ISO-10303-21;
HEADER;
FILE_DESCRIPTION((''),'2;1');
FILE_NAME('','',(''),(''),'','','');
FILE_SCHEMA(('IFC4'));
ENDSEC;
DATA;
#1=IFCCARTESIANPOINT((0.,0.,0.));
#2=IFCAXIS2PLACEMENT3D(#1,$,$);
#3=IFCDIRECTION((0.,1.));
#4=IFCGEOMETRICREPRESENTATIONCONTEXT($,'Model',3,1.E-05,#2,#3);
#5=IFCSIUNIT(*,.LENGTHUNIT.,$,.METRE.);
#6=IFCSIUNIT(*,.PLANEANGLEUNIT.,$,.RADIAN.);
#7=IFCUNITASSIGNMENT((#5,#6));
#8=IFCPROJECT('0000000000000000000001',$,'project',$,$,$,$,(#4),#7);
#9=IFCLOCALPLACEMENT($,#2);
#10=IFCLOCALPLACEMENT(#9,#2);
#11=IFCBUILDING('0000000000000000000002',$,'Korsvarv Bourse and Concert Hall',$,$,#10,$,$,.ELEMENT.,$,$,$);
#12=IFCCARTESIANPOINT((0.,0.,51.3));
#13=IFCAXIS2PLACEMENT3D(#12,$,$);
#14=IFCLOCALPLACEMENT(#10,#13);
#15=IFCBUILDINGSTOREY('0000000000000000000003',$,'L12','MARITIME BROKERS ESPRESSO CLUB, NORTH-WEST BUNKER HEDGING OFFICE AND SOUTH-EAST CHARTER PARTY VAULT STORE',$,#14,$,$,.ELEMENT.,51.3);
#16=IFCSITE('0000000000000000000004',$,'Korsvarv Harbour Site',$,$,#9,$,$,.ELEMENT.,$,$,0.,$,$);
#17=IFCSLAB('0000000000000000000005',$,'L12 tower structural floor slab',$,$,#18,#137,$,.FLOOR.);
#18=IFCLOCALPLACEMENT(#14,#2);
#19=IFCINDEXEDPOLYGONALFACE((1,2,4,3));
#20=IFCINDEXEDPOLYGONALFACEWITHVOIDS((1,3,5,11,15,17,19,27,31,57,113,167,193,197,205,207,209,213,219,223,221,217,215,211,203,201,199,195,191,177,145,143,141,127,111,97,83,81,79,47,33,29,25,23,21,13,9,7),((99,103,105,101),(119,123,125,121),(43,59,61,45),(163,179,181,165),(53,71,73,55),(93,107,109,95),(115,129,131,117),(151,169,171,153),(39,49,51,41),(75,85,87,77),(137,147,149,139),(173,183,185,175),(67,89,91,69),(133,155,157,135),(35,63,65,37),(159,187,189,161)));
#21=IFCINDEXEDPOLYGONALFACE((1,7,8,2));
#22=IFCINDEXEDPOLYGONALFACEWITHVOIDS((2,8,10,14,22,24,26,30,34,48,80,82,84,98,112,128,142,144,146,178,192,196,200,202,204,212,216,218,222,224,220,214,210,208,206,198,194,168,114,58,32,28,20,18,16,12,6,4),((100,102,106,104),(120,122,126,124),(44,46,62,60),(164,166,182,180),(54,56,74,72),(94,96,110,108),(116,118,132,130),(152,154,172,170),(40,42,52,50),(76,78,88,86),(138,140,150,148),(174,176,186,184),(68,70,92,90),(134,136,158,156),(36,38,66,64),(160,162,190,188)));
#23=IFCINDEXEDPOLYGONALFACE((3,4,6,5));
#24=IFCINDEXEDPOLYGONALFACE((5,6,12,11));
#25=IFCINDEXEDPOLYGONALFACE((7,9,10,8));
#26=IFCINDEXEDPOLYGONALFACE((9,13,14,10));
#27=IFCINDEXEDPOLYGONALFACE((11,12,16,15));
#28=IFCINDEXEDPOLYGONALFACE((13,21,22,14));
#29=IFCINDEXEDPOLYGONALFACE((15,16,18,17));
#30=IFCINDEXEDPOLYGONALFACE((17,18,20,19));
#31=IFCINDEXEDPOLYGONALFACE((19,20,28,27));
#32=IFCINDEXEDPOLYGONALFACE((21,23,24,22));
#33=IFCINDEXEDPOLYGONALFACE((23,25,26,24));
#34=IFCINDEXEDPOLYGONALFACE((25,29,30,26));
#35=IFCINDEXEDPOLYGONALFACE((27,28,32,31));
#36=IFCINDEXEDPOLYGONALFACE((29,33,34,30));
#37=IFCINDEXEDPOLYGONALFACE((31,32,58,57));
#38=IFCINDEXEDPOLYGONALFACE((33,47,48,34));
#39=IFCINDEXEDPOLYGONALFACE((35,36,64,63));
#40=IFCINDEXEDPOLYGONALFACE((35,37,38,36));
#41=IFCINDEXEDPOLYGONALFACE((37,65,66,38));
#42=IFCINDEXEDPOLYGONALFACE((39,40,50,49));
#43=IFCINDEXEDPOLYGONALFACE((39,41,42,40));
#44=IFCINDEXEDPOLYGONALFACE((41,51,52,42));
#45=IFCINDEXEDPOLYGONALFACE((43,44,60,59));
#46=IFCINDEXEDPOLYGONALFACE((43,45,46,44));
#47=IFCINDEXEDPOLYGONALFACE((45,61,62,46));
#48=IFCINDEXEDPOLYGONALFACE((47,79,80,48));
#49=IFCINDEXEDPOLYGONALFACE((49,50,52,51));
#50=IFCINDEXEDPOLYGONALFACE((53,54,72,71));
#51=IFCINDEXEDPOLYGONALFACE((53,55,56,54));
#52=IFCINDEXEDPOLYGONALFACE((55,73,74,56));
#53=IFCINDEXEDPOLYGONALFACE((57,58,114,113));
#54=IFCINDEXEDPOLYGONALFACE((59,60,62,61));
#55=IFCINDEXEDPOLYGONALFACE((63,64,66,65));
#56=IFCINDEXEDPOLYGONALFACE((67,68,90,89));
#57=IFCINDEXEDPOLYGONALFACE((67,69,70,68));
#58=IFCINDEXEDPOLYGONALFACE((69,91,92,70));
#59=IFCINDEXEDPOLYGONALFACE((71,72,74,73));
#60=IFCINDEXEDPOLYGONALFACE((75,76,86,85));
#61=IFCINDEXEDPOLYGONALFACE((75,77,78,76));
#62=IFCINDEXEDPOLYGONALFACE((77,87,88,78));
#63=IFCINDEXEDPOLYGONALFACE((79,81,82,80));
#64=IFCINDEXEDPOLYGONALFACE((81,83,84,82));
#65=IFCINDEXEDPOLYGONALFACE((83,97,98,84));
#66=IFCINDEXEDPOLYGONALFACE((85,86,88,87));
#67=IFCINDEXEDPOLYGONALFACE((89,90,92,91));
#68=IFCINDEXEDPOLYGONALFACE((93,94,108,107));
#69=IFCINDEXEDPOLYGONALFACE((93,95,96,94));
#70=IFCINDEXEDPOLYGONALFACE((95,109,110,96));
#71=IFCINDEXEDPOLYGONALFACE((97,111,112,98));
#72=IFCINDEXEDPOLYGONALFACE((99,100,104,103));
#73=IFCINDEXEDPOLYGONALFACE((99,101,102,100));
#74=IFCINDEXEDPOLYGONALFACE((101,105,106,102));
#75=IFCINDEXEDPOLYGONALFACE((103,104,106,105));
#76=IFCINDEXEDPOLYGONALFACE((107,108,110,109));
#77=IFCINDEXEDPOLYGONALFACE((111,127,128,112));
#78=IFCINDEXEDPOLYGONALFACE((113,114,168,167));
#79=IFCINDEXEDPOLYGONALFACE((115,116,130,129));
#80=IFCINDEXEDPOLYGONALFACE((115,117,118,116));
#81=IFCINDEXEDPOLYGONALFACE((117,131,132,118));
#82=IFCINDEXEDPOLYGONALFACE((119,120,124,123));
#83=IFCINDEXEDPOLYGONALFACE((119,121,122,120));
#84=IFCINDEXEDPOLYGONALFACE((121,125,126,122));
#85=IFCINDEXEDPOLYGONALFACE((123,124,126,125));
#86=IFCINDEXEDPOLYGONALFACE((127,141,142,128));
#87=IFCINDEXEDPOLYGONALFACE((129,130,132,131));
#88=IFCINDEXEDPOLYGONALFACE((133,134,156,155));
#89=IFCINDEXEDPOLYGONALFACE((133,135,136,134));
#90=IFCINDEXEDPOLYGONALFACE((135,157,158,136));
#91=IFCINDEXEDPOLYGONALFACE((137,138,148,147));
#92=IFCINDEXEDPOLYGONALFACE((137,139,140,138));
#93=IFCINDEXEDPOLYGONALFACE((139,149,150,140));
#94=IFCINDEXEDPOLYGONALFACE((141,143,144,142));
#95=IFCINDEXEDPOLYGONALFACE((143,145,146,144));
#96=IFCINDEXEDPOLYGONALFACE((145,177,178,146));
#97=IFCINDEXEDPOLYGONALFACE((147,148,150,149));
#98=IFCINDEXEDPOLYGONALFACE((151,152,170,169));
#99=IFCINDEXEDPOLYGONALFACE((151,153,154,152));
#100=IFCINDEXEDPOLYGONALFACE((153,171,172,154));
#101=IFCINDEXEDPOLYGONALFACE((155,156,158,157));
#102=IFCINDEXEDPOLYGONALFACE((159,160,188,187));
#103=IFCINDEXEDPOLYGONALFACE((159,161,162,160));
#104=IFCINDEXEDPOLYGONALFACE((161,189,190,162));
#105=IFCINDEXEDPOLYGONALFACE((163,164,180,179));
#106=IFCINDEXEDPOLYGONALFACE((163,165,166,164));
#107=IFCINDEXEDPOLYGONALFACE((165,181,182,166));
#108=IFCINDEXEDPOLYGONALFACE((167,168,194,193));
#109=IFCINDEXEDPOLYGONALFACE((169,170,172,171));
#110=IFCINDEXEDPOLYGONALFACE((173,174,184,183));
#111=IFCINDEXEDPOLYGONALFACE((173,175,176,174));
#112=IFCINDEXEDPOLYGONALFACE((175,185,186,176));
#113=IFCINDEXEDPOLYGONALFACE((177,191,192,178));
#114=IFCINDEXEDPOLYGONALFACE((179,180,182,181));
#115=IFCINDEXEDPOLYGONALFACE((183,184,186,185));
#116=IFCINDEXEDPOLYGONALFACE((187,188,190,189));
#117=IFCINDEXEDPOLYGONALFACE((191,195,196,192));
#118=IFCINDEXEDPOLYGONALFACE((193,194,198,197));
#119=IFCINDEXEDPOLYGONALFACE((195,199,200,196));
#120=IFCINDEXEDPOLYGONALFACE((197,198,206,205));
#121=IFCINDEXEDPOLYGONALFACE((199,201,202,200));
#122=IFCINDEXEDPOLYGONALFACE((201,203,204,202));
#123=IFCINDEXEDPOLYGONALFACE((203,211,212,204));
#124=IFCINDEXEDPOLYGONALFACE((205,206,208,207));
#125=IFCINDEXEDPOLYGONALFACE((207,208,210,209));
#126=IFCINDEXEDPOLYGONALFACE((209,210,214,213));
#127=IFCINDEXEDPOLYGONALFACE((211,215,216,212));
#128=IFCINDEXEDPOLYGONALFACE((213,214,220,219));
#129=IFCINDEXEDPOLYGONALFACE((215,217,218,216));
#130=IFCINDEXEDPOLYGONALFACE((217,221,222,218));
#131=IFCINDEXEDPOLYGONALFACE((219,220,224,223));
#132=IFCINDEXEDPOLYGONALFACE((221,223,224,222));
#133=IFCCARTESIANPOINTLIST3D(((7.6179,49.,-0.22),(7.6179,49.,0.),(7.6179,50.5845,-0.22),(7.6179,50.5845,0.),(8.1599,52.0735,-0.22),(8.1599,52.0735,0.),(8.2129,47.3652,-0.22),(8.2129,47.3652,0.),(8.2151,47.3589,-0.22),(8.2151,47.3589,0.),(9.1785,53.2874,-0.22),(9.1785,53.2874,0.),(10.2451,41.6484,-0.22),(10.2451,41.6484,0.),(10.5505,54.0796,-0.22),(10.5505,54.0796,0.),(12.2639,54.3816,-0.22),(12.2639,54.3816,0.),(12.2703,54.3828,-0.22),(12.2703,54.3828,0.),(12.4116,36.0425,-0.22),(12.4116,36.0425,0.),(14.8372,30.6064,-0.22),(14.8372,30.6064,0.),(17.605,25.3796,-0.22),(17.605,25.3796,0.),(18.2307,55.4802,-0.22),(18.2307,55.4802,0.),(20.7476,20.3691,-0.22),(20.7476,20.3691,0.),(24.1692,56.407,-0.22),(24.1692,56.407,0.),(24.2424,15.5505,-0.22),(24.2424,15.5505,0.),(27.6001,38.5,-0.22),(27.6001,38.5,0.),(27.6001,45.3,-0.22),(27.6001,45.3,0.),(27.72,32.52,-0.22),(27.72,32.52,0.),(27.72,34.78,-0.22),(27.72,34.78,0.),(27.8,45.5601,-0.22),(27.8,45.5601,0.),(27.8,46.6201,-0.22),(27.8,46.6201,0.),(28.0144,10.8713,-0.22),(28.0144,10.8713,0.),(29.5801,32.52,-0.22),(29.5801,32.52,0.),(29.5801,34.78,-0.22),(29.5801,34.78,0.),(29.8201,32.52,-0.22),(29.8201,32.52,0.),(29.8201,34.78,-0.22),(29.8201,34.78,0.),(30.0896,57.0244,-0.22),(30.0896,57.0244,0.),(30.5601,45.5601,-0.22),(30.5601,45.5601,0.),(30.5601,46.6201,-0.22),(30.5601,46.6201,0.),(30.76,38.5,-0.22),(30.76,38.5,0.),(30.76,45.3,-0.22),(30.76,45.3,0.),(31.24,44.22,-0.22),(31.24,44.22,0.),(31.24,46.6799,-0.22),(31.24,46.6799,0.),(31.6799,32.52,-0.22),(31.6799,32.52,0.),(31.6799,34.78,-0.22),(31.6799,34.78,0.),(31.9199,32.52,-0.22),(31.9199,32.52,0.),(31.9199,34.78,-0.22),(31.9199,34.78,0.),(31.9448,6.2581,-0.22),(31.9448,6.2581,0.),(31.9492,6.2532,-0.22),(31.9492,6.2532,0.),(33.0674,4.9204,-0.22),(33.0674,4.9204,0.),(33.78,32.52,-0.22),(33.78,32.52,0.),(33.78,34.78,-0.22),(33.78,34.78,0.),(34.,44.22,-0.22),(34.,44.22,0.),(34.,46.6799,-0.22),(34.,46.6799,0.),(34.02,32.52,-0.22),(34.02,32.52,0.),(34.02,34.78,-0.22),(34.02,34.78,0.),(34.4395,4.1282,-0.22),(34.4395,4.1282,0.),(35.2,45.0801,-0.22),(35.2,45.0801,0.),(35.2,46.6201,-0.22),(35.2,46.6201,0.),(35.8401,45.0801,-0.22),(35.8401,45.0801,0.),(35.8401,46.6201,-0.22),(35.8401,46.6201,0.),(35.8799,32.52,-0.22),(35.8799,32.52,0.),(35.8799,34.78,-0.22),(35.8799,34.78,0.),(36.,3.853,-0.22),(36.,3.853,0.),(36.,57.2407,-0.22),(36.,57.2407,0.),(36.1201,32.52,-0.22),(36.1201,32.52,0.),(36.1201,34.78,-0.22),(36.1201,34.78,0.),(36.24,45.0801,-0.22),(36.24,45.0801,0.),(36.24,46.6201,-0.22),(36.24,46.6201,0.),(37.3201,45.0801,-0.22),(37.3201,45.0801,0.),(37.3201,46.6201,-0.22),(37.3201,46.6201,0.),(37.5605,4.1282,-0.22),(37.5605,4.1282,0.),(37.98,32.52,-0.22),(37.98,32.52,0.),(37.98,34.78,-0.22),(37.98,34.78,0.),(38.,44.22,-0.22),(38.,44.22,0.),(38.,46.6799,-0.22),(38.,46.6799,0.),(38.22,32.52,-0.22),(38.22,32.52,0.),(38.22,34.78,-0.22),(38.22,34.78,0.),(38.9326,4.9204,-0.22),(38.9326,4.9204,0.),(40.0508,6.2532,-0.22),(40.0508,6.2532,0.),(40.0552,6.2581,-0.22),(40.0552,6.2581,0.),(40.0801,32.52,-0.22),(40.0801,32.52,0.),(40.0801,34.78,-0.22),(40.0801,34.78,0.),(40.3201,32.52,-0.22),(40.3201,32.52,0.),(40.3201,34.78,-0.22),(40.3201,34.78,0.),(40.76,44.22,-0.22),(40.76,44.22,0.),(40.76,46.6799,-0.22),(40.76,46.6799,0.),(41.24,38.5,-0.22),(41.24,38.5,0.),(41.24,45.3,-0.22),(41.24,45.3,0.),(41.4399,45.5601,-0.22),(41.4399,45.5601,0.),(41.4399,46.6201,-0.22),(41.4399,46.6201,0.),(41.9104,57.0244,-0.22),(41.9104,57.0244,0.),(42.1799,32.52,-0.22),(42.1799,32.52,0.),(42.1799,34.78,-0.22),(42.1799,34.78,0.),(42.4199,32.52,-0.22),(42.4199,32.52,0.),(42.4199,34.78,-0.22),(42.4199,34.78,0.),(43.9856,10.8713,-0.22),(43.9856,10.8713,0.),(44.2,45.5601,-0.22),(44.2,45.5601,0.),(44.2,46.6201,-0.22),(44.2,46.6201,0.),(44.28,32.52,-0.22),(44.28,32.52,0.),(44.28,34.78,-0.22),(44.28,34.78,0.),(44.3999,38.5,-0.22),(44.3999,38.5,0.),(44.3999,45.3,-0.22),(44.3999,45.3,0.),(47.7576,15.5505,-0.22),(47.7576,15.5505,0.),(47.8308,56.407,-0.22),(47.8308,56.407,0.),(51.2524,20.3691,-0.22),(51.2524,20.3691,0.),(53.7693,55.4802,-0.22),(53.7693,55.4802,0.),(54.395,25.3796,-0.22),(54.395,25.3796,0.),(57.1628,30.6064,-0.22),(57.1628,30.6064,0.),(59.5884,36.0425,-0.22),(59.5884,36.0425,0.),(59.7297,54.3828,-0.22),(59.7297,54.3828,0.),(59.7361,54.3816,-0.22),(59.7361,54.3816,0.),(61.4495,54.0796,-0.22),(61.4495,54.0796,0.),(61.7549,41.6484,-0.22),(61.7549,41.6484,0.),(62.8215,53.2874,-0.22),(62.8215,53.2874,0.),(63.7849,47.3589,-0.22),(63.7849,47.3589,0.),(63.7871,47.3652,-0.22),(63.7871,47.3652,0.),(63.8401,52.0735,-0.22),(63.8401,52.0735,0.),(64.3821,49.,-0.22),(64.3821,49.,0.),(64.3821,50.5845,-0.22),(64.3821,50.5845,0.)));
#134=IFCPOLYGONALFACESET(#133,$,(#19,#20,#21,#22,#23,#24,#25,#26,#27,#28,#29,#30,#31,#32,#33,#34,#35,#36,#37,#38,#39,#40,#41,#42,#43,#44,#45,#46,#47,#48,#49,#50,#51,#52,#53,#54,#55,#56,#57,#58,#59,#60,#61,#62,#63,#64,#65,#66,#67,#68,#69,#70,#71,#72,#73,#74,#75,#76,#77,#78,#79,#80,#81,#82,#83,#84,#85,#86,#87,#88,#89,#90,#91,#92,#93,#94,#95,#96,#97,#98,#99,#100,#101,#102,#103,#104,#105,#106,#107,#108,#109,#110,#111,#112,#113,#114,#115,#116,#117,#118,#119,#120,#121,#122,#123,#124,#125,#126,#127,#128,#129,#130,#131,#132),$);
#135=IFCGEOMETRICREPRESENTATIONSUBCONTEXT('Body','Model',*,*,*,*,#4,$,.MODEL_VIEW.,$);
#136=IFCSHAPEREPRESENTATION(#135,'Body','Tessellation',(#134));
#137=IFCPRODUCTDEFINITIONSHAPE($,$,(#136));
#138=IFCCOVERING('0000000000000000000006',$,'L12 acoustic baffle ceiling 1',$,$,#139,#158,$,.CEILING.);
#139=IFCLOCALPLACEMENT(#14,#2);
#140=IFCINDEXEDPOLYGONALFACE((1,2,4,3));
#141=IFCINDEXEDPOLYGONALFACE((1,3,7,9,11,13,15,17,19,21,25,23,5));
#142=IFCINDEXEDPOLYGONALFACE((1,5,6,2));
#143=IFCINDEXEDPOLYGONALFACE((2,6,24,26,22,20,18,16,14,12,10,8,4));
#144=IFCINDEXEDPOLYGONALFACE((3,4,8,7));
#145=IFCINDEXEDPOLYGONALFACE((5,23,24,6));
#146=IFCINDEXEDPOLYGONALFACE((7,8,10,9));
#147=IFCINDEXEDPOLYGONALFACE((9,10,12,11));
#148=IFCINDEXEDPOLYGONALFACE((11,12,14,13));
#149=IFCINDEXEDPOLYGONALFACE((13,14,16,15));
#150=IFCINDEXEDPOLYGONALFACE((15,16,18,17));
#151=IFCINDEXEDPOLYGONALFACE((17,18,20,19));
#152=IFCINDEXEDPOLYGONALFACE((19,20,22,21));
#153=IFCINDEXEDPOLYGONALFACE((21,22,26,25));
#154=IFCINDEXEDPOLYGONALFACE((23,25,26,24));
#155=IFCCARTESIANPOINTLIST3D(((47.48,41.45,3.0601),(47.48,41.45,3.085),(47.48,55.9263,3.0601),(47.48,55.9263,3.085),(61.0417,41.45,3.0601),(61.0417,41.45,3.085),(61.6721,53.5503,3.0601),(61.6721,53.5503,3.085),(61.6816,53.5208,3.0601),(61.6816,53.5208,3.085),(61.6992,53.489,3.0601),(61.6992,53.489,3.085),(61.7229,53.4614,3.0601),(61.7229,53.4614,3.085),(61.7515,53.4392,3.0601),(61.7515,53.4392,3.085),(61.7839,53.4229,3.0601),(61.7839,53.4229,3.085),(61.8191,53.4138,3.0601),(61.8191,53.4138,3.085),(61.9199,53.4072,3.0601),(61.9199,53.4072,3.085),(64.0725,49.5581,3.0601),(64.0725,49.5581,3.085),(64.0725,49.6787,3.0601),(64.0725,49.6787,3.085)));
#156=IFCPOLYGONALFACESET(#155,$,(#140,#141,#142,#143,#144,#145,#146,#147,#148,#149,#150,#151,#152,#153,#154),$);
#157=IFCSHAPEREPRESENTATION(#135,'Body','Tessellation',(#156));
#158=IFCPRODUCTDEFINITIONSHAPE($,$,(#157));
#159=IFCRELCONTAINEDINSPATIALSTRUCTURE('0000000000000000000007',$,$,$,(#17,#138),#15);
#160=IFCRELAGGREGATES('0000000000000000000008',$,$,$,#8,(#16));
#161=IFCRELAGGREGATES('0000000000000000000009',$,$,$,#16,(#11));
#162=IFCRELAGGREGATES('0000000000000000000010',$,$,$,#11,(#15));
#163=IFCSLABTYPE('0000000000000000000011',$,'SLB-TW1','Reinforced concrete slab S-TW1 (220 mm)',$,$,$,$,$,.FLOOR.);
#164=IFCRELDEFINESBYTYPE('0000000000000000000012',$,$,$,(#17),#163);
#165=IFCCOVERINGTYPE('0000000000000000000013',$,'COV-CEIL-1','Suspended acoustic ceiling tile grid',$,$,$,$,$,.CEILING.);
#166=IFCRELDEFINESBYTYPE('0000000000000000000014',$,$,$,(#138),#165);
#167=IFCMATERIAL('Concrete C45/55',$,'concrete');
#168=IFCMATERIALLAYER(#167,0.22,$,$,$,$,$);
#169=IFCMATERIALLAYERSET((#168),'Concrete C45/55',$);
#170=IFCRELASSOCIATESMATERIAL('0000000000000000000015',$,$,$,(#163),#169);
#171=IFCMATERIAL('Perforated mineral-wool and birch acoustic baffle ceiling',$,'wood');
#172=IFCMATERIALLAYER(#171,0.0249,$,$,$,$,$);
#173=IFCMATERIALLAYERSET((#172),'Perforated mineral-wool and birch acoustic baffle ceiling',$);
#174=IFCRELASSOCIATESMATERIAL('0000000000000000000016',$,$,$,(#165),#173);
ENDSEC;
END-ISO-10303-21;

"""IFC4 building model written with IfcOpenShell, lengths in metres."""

from ifc_helpers import new_model, si_unit, direction, frame, origin, place, context, subcontext, project, spatial, polyline, outline, extrude, material, layer, layer_set, type_object, element, save


model = new_model("IFC4")

# Units and contexts
model_context = context("Model", 3, precision=1e-05, world=origin(), true_north=direction((0.0, 1.0)))
body_context = subcontext(model_context, "Body", "Model", "MODEL_VIEW")
ifc_project = project(units=[si_unit("LENGTHUNIT", "METRE"), si_unit("PLANEANGLEUNIT", "RADIAN")], contexts=[model_context])

# Site, building, storey
site_placement = place(None, origin())
site = spatial("IfcSite", under=ifc_project, at=site_placement, Name="Korsvarv Harbour Site", CompositionType="ELEMENT", RefElevation=0.0)
building_placement = place(site_placement, origin())
building = spatial("IfcBuilding", under=site, at=building_placement, Name="Korsvarv Bourse and Concert Hall", CompositionType="ELEMENT")
storey_placement = place(building_placement, frame((0.0, 0.0, 51.3)))
storey = spatial("IfcBuildingStorey", under=building, at=storey_placement, Name="L12", Description="MARITIME BROKERS ESPRESSO CLUB, NORTH-WEST BUNKER HEDGING OFFICE AND SOUTH-EAST CHARTER PARTY VAULT STORE", CompositionType="ELEMENT", Elevation=51.3)

# Slab
ifc_material_1 = material(Name="Concrete C45/55", Category="concrete")
ifc_layer_1 = layer(ifc_material_1, 0.22)
ifc_layer_set_1 = layer_set([ifc_layer_1], Name="Concrete C45/55")
slab_type_1 = type_object("IfcSlabType", Name="SLB-TW1", Description="Reinforced concrete slab S-TW1 (220 mm)", PredefinedType="FLOOR", material=ifc_layer_set_1)
slab_1_placement = place(storey_placement, frame((0.0, 0.0, -0.22)))
element("IfcSlab", 1, at=slab_1_placement, inside=storey, type_object=slab_type_1, Name="L12 tower structural floor slab", PredefinedType="FLOOR", context=body_context, shape_type="SweptSolid", body=[
    extrude(outline(polyline([(63.7849, 47.3589), (61.7549, 41.6484), (59.5884, 36.0425), (57.1628, 30.6064), (54.395, 25.3796), (51.2524, 20.3691), (47.7576, 15.5505), (43.9856, 10.8713), (40.0552, 6.2581), (40.0508, 6.2532), (38.9326, 4.9204), (37.5605, 4.1282), (36.0, 3.853), (34.4395, 4.1282), (33.0674, 4.9204), (31.9492, 6.2532), (31.9448, 6.2581), (28.0144, 10.8713), (24.2424, 15.5505), (20.7476, 20.3691), (17.605, 25.3796), (14.8372, 30.6064), (12.4116, 36.0425), (10.2451, 41.6484), (8.2151, 47.3589), (8.2129, 47.3652), (7.6179, 49.0), (7.6179, 50.5845), (8.1599, 52.0735), (9.1785, 53.2874), (10.5505, 54.0796), (12.2639, 54.3816), (12.2703, 54.3828), (18.2307, 55.4802), (24.1692, 56.407), (30.0896, 57.0244), (36.0, 57.2407), (41.9104, 57.0244), (47.8308, 56.407), (53.7693, 55.4802), (59.7297, 54.3828), (59.7361, 54.3816), (61.4495, 54.0796), (62.8215, 53.2874), (63.8401, 52.0735), (64.3821, 50.5845), (64.3821, 49.0), (63.7871, 47.3652), (63.7849, 47.3589)]), holes=[polyline([(30.76, 38.5), (30.76, 45.3), (27.6001, 45.3), (27.6001, 38.5), (30.76, 38.5)]), polyline([(44.3999, 38.5), (44.3999, 45.3), (41.24, 45.3), (41.24, 38.5), (44.3999, 38.5)]), polyline([(31.24, 44.22), (34.0, 44.22), (34.0, 46.6799), (31.24, 46.6799), (31.24, 44.22)]), polyline([(38.0, 44.22), (40.76, 44.22), (40.76, 46.6799), (38.0, 46.6799), (38.0, 44.22)]), polyline([(27.72, 32.52), (29.5801, 32.52), (29.5801, 34.78), (27.72, 34.78), (27.72, 32.52)]), polyline([(29.8201, 32.52), (31.6799, 32.52), (31.6799, 34.78), (29.8201, 34.78), (29.8201, 32.52)]), polyline([(31.9199, 32.52), (33.78, 32.52), (33.78, 34.78), (31.9199, 34.78), (31.9199, 32.52)]), polyline([(34.02, 32.52), (35.8799, 32.52), (35.8799, 34.78), (34.02, 34.78), (34.02, 32.52)]), polyline([(36.1201, 32.52), (37.98, 32.52), (37.98, 34.78), (36.1201, 34.78), (36.1201, 32.52)]), polyline([(38.22, 32.52), (40.0801, 32.52), (40.0801, 34.78), (38.22, 34.78), (38.22, 32.52)]), polyline([(40.3201, 32.52), (42.1799, 32.52), (42.1799, 34.78), (40.3201, 34.78), (40.3201, 32.52)]), polyline([(42.4199, 32.52), (44.28, 32.52), (44.28, 34.78), (42.4199, 34.78), (42.4199, 32.52)]), polyline([(27.8, 45.5601), (30.5601, 45.5601), (30.5601, 46.6201), (27.8, 46.6201), (27.8, 45.5601)]), polyline([(41.4399, 45.5601), (44.2, 45.5601), (44.2, 46.6201), (41.4399, 46.6201), (41.4399, 45.5601)]), polyline([(35.2, 45.0801), (35.8401, 45.0801), (35.8401, 46.6201), (35.2, 46.6201), (35.2, 45.0801)]), polyline([(36.24, 45.0801), (37.3201, 45.0801), (37.3201, 46.6201), (36.24, 46.6201), (36.24, 45.0801)])]), origin(), (0.0, 0.0, 1.0), 0.22),
])

# Covering
ifc_material_2 = material(Name="Perforated mineral-wool and birch acoustic baffle ceiling", Category="wood")
ifc_layer_2 = layer(ifc_material_2, 0.0249)
ifc_layer_set_2 = layer_set([ifc_layer_2], Name="Perforated mineral-wool and birch acoustic baffle ceiling")
covering_type_1 = type_object("IfcCoveringType", Name="COV-CEIL-1", Description="Suspended acoustic ceiling tile grid", PredefinedType="CEILING", material=ifc_layer_set_2)
covering_1_placement = place(storey_placement, frame((0.0, 0.0, 3.0601)))
element("IfcCovering", 2, at=covering_1_placement, inside=storey, type_object=covering_type_1, Name="L12 acoustic baffle ceiling 1", PredefinedType="CEILING", context=body_context, shape_type="SweptSolid", body=[
    extrude(outline(polyline([(47.48, 55.9263), (61.6721, 53.5503), (61.6816, 53.5208), (61.6992, 53.489), (61.7229, 53.4614), (61.7515, 53.4392), (61.7839, 53.4229), (61.8191, 53.4138), (61.9199, 53.4072), (64.0725, 49.6787), (64.0725, 49.5581), (61.0417, 41.45), (47.48, 41.45), (47.48, 55.9263)])), origin(), (0.0, 0.0, 1.0), 0.0249),
])

save(model, "model.ifc")
